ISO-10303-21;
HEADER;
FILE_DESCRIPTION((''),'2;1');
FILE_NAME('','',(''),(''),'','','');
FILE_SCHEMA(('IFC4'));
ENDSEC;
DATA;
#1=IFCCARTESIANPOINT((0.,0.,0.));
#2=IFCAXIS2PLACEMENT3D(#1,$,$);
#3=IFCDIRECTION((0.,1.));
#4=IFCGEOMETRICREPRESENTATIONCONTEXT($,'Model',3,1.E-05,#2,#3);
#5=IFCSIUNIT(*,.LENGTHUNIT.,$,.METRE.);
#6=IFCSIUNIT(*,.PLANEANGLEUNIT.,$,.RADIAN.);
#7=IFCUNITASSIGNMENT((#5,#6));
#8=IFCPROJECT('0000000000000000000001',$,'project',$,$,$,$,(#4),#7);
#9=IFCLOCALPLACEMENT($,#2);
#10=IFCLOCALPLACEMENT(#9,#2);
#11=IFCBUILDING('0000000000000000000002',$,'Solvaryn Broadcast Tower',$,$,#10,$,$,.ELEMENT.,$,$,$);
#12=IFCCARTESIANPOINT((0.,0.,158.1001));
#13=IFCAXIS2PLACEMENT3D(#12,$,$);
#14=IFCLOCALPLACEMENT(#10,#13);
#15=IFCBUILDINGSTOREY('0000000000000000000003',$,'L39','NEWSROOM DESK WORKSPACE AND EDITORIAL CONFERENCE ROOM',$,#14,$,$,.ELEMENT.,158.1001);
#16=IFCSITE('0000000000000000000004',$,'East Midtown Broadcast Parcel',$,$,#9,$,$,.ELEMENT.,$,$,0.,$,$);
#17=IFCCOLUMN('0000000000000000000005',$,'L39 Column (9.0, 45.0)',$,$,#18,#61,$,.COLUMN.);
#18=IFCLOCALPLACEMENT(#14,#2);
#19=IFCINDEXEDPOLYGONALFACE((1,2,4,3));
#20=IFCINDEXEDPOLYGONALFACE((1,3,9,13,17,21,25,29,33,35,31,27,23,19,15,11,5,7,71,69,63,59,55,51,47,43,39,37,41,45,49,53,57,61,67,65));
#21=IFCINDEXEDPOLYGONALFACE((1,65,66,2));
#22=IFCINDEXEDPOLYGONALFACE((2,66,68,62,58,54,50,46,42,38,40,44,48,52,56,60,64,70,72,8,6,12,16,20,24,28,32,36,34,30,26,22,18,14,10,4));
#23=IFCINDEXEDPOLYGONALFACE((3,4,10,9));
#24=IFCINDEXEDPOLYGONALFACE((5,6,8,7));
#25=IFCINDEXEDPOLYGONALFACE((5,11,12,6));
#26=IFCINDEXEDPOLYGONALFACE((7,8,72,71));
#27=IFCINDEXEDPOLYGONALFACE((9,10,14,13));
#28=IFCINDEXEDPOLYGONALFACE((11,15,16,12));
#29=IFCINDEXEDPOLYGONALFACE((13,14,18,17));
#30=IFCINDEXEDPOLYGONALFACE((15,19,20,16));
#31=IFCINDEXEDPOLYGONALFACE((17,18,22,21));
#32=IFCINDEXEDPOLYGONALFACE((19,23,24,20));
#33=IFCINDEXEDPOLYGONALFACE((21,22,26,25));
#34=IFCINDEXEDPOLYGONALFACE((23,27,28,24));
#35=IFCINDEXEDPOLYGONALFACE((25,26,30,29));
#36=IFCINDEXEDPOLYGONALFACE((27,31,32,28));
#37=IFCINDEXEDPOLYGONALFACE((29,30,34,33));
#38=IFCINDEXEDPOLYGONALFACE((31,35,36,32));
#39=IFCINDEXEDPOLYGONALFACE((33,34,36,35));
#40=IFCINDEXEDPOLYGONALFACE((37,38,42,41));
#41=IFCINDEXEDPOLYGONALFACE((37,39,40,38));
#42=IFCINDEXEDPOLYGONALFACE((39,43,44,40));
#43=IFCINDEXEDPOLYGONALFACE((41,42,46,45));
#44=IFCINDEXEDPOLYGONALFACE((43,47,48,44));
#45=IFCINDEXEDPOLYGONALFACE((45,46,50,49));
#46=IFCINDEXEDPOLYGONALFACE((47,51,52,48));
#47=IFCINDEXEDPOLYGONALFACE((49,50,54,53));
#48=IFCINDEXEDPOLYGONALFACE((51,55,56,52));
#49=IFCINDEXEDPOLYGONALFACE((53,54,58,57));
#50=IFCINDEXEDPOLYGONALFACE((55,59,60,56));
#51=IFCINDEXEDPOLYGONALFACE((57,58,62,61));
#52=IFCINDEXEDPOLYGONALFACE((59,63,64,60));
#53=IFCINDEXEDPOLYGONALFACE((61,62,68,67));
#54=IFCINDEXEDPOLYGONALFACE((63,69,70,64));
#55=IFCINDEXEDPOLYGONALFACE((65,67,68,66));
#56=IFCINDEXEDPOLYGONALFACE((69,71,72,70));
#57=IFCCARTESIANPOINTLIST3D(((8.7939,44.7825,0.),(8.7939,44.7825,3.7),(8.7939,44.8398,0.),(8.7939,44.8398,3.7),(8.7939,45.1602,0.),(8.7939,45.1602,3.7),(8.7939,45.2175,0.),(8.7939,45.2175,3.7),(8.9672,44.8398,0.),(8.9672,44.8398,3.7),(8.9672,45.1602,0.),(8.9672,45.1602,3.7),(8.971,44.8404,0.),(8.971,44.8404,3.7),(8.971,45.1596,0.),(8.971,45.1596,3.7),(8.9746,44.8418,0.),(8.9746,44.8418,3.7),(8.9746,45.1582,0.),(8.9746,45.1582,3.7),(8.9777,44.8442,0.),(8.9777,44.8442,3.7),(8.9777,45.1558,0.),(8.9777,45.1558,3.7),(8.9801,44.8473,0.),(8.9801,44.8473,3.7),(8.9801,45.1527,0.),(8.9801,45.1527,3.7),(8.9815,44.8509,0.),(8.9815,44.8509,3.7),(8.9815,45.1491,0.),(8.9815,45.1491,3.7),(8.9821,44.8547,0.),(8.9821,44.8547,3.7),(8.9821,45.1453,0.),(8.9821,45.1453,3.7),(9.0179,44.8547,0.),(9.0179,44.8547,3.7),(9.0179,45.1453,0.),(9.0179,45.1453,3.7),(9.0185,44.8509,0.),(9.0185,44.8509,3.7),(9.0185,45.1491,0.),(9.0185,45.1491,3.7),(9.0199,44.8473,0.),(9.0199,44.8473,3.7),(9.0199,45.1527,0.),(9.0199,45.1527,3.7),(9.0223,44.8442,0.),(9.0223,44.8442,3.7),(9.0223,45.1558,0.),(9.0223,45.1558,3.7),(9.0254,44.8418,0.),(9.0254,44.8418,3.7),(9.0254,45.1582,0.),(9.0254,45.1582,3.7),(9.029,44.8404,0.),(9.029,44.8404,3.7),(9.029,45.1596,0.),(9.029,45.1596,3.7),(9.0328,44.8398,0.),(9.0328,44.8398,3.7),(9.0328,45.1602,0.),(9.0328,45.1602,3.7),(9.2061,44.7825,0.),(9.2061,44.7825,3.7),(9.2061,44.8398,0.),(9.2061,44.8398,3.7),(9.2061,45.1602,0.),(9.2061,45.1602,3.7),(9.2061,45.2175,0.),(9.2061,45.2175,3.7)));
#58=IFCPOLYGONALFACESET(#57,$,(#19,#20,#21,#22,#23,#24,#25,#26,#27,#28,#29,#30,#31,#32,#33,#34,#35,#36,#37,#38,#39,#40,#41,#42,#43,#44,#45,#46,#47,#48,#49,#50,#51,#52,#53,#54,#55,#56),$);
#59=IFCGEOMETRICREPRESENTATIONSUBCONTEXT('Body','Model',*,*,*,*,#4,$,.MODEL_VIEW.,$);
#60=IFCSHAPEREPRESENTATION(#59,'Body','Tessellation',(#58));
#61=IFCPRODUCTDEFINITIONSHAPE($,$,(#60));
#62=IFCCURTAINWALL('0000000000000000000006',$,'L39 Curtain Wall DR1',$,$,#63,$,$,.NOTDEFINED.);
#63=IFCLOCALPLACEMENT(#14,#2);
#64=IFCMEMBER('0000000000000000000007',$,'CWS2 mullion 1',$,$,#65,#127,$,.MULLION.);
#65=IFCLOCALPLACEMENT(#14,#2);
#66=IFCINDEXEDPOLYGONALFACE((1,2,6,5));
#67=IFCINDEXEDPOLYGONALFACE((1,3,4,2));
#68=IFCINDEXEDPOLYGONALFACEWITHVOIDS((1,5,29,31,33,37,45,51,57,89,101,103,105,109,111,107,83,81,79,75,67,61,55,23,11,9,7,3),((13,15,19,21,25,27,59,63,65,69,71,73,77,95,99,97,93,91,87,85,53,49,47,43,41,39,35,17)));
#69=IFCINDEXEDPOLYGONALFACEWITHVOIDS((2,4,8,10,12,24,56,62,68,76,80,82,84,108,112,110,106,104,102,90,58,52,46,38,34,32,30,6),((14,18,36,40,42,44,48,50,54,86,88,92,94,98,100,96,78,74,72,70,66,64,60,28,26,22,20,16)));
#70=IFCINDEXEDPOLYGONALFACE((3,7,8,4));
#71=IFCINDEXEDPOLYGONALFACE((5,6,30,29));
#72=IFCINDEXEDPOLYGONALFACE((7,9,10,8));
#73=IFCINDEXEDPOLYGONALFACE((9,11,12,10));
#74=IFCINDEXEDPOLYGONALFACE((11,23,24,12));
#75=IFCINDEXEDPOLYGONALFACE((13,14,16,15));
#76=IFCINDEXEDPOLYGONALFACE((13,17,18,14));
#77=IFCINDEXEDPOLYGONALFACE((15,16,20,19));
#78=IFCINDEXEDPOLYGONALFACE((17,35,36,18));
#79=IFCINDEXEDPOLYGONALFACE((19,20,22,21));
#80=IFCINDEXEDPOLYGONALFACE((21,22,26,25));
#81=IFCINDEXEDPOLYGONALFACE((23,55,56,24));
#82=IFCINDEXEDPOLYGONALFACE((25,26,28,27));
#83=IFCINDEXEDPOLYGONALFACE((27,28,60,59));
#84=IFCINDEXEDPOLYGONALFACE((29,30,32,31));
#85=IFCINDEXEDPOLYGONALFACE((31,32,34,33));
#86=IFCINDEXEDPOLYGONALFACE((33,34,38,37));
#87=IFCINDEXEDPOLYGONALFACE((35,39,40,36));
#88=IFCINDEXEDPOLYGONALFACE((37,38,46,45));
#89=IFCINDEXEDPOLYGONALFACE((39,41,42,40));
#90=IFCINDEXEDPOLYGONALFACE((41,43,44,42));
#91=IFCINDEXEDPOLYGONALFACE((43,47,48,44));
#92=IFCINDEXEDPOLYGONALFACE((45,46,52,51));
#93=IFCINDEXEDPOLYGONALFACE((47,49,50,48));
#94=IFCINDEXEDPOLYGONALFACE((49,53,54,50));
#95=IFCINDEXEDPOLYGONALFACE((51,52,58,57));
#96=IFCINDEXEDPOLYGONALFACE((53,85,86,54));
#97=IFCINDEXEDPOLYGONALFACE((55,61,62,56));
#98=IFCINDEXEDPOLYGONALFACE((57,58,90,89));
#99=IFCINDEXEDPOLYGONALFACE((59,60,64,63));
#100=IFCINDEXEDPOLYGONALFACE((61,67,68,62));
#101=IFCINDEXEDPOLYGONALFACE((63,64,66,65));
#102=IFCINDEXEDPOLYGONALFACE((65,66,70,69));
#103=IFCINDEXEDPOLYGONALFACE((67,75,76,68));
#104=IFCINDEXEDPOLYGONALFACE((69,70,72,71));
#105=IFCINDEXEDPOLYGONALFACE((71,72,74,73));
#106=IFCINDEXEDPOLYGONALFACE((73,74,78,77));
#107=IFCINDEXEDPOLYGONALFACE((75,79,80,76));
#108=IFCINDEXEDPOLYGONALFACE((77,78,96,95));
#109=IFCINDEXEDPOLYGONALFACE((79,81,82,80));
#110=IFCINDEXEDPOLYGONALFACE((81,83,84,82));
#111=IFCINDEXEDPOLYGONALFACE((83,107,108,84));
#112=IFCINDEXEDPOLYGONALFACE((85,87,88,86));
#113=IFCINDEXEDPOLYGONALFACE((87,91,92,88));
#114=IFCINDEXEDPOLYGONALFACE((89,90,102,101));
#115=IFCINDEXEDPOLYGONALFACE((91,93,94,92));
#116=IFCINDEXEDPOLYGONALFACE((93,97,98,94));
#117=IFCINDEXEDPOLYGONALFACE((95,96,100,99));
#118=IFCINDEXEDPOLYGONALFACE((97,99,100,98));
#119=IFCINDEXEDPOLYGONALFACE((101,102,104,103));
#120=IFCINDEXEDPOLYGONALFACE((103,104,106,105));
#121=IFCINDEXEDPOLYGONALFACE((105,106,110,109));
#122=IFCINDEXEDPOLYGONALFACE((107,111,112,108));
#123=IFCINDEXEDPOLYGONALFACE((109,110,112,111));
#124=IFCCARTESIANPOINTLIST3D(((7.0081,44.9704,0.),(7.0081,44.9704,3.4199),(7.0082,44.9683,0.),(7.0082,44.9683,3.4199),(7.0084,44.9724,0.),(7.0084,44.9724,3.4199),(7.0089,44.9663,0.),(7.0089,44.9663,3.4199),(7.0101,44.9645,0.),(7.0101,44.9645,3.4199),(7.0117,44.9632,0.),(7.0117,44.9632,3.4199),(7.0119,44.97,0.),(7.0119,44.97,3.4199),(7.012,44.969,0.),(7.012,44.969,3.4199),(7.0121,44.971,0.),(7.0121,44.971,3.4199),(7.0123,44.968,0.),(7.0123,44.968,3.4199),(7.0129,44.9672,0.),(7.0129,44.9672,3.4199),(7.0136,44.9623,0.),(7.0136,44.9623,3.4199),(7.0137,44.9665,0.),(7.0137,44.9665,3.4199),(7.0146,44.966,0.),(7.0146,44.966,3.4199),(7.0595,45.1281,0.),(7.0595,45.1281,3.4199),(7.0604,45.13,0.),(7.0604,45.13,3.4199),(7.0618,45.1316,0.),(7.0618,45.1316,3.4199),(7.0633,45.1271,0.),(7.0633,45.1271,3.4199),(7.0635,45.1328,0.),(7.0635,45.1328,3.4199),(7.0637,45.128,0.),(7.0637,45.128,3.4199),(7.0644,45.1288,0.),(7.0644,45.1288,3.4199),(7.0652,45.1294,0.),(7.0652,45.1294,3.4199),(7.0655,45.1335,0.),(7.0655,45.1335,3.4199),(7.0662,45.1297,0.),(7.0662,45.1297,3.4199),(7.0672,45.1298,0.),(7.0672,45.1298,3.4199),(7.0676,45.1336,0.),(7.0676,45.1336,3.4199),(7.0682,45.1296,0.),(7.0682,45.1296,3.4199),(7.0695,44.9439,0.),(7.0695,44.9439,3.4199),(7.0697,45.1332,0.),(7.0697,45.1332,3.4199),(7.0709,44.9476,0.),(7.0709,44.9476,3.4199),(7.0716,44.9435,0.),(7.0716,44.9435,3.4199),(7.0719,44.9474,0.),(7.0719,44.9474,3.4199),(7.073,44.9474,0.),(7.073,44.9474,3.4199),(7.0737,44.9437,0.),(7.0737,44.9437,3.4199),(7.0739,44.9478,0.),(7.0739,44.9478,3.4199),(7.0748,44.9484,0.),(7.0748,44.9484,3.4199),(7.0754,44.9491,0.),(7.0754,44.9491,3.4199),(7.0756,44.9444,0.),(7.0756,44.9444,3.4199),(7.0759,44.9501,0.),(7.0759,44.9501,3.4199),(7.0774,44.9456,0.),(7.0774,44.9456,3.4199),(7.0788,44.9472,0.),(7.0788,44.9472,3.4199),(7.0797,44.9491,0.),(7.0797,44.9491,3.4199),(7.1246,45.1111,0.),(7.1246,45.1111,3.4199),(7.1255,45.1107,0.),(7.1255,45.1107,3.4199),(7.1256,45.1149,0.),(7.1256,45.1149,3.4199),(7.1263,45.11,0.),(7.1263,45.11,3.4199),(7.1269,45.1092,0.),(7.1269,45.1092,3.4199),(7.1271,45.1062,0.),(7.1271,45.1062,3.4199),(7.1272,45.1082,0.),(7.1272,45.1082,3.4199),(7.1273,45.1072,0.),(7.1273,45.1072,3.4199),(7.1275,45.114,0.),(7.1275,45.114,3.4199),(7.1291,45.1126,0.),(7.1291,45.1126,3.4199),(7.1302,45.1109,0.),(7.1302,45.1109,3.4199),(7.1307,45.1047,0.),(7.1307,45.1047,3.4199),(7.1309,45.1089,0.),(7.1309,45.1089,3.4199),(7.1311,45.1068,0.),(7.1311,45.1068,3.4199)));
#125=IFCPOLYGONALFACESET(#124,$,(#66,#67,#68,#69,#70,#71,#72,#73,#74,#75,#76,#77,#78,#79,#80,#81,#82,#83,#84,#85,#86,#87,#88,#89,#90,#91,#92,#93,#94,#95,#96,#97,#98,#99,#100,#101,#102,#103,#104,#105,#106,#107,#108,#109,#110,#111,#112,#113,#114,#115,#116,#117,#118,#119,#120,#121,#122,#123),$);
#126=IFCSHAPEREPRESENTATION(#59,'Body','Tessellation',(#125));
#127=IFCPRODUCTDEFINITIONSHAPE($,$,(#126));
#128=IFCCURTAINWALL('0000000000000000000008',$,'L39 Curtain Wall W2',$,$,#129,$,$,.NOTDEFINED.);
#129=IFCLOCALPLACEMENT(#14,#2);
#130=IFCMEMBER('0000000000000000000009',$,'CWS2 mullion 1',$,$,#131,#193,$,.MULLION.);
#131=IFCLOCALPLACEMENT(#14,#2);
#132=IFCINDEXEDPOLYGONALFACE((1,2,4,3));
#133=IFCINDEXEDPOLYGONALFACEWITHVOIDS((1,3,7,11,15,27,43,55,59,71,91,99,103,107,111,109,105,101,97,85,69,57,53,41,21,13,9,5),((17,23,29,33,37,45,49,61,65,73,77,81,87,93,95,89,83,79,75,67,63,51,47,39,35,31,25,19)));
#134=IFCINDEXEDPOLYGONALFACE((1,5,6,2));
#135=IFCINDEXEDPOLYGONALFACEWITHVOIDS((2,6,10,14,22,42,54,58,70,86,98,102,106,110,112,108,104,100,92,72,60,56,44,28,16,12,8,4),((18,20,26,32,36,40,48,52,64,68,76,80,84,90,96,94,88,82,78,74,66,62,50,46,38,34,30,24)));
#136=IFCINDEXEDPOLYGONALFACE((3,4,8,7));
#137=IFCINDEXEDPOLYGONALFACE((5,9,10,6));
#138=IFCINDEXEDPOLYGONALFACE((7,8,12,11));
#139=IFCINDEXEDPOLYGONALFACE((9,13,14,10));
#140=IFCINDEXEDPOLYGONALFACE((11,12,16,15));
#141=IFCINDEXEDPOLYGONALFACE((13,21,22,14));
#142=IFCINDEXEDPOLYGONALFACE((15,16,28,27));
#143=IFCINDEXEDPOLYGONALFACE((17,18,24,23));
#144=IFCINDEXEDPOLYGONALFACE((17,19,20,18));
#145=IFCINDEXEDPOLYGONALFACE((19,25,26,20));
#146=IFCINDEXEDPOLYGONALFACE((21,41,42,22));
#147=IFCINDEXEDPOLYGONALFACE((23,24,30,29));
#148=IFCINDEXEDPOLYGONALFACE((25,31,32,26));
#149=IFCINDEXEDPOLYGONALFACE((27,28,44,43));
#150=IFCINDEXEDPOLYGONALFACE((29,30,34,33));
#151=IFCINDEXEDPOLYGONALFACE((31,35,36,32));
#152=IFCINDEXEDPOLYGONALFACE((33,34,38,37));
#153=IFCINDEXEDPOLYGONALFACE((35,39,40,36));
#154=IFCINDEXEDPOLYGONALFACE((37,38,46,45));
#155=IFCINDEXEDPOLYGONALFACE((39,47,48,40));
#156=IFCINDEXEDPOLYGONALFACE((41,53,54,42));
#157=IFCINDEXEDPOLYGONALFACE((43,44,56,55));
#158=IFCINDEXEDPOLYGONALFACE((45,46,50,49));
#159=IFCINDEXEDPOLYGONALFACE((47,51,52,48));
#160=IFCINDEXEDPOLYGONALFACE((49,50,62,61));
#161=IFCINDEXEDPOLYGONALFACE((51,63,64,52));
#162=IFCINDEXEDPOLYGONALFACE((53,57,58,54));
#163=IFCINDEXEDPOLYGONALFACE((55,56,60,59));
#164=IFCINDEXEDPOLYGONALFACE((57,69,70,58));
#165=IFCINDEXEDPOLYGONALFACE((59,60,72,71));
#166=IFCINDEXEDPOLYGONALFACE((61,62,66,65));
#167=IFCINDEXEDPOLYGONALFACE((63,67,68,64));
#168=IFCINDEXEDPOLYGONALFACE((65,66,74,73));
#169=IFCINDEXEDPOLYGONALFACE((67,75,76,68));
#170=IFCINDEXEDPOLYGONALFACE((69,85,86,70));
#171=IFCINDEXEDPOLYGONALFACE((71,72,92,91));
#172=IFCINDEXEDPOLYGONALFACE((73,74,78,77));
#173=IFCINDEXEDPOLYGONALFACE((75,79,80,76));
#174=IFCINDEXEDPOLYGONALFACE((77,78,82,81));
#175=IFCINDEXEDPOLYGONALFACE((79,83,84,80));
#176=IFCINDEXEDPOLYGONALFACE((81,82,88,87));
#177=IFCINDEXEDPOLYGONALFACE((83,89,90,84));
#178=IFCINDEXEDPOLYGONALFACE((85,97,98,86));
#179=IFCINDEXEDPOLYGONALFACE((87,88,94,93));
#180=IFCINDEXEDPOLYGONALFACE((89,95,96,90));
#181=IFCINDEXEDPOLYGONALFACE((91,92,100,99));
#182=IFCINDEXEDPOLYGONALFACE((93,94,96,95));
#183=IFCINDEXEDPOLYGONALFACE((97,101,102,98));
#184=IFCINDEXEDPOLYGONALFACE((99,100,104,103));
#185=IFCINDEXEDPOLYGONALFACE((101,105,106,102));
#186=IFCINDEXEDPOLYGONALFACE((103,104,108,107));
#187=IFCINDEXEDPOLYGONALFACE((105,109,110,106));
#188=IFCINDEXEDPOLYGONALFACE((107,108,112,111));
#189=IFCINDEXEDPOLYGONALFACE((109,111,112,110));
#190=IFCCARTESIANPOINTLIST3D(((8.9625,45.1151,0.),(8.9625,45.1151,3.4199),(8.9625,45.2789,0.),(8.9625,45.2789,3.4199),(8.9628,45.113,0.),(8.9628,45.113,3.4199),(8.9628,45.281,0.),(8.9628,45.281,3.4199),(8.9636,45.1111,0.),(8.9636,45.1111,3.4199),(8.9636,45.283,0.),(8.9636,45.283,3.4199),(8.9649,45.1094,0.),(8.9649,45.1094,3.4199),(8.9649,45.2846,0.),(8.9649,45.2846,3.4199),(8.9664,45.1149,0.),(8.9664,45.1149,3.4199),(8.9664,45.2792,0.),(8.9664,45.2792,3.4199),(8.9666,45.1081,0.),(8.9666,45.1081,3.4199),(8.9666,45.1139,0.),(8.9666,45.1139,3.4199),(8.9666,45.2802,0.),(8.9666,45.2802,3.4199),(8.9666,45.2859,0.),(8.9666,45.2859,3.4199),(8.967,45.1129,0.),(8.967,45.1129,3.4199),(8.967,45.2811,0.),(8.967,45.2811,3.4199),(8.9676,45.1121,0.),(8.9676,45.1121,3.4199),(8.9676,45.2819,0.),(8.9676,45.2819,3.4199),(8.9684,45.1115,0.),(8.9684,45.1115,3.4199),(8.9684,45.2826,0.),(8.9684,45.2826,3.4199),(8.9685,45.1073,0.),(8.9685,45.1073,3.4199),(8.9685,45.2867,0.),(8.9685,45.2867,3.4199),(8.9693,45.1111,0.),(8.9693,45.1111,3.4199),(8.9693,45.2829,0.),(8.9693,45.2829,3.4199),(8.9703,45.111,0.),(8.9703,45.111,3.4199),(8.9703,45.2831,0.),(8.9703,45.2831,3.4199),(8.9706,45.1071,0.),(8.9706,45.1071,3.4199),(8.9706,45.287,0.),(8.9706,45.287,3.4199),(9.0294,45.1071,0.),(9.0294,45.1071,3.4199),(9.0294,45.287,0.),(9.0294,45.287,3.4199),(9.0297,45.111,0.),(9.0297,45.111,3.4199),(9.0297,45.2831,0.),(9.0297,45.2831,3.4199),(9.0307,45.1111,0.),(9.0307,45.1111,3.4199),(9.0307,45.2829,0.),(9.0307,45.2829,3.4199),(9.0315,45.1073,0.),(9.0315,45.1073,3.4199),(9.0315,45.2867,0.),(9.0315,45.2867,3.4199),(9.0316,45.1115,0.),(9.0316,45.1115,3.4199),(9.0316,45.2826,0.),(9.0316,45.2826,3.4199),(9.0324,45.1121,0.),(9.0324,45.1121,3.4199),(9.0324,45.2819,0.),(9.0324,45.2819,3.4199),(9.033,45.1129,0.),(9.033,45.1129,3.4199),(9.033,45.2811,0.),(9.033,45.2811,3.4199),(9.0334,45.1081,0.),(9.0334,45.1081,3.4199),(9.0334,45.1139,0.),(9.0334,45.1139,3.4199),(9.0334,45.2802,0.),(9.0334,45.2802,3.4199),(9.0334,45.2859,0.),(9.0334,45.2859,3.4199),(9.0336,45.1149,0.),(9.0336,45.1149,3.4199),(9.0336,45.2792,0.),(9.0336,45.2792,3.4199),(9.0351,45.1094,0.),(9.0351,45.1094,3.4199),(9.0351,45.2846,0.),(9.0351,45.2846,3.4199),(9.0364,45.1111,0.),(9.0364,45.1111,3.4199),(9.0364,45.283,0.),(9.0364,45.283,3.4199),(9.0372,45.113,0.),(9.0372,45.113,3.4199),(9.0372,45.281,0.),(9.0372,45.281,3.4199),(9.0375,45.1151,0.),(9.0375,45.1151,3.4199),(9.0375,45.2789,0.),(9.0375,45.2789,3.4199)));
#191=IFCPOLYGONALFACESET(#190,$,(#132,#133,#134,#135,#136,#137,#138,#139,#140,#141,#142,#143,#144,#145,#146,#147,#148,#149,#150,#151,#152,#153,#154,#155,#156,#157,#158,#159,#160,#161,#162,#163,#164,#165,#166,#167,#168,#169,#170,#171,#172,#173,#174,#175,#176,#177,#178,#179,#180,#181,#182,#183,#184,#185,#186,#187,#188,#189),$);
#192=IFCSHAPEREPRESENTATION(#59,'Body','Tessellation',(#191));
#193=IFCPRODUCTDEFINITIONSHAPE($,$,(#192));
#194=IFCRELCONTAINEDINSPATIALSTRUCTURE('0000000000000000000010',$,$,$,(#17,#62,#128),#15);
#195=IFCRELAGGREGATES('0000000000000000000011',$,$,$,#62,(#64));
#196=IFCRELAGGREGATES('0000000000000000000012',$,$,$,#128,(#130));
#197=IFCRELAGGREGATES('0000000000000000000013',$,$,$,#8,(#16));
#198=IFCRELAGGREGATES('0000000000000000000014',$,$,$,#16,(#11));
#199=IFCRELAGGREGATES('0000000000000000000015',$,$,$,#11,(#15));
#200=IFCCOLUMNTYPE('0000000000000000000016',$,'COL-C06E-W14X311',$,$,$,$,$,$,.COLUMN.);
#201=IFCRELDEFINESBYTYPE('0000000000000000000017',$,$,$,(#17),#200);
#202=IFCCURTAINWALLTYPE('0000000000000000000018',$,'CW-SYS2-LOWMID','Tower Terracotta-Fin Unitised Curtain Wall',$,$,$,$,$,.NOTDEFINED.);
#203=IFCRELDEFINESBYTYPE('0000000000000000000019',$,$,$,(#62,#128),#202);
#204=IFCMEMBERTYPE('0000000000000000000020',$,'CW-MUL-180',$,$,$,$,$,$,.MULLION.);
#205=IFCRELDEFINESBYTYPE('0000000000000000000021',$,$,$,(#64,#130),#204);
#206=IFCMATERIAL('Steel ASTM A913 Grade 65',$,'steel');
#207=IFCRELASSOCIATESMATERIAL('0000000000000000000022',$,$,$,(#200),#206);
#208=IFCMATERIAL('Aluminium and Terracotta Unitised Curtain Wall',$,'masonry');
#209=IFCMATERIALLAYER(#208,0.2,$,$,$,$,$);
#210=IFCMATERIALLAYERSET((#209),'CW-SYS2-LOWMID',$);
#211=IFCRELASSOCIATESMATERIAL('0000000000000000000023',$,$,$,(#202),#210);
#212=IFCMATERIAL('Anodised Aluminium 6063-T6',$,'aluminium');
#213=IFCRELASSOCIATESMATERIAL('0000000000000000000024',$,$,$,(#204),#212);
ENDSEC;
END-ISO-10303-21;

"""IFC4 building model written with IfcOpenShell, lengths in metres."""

from ifc_helpers import new_model, si_unit, direction, frame, origin, origin_2d, place, context, subcontext, project, spatial, hollow_rectangle, i_section, extrude, material, layer, layer_set, material_profile, profile_set, type_object, element, aggregate, save


model = new_model("IFC4")

# Units and contexts
model_context = context("Model", 3, precision=1e-05, world=origin(), true_north=direction((0.0, 1.0)))
body_context = subcontext(model_context, "Body", "Model", "MODEL_VIEW")
ifc_project = project(units=[si_unit("LENGTHUNIT", "METRE"), si_unit("PLANEANGLEUNIT", "RADIAN")], contexts=[model_context])

# Site, building, storey
site_placement = place(None, origin())
site = spatial("IfcSite", under=ifc_project, at=site_placement, Name="East Midtown Broadcast Parcel", CompositionType="ELEMENT", RefElevation=0.0)
building_placement = place(site_placement, origin())
building = spatial("IfcBuilding", under=site, at=building_placement, Name="Solvaryn Broadcast Tower", CompositionType="ELEMENT")
storey_placement = place(building_placement, frame((0.0, 0.0, 158.1001)))
storey = spatial("IfcBuildingStorey", under=building, at=storey_placement, Name="L39", Description="NEWSROOM DESK WORKSPACE AND EDITORIAL CONFERENCE ROOM", CompositionType="ELEMENT", Elevation=158.1001)

# Column
ifc_material_1 = material(Name="Steel ASTM A913 Grade 65", Category="steel")
ifc_material_profile_1 = material_profile(ifc_material_1, i_section(OverallWidth=0.4121, OverallDepth=0.4351, WebThickness=0.0359, FlangeThickness=0.0574, FilletRadius=0.0149, at=origin_2d()))
ifc_profile_set_1 = profile_set([ifc_material_profile_1], Name="Steel ASTM A913 Grade 65")
column_type = type_object("IfcColumnType", Name="COL-C06E-W14X311", PredefinedType="COLUMN", material=ifc_profile_set_1)
column_placement = place(storey_placement, frame((9.0, 45.0, 0.0), z_axis=(0.0, 0.0, 1.0), x_axis=(1.0, 0.0, 0.0)))
element("IfcColumn", 1, at=column_placement, inside=storey, type_object=column_type, Name="L39 Column (9.0, 45.0)", PredefinedType="COLUMN", context=body_context, shape_type="SweptSolid", body=[
    extrude(i_section(OverallWidth=0.4121, OverallDepth=0.4351, WebThickness=0.0359, FlangeThickness=0.0574, FilletRadius=0.0149, at=origin_2d()), origin(), (0.0, 0.0, 1.0), 3.7),
])

# Curtain wall, member
ifc_material_2 = material(Name="Aluminium and Terracotta Unitised Curtain Wall", Category="masonry")
ifc_layer_1 = layer(ifc_material_2, 0.2)
ifc_layer_set_1 = layer_set([ifc_layer_1], Name="CW-SYS2-LOWMID")
curtain_wall_type = type_object("IfcCurtainWallType", Name="CW-SYS2-LOWMID", Description="Tower Terracotta-Fin Unitised Curtain Wall", PredefinedType="NOTDEFINED", material=ifc_layer_set_1)
curtain_wall_1_placement = place(storey_placement, origin())
curtain_wall_1 = element("IfcCurtainWall", 2, at=curtain_wall_1_placement, inside=storey, type_object=curtain_wall_type, Name="L39 Curtain Wall DR1", PredefinedType="NOTDEFINED")
ifc_material_3 = material(Name="Anodised Aluminium 6063-T6", Category="aluminium")
ifc_material_profile_2 = material_profile(ifc_material_3, hollow_rectangle(XDim=0.075, YDim=0.1799, WallThickness=0.0039, InnerFilletRadius=0.0039, OuterFilletRadius=0.0081, at=origin_2d()))
ifc_profile_set_2 = profile_set([ifc_material_profile_2], Name="Anodised Aluminium 6063-T6")
member_type_1 = type_object("IfcMemberType", Name="CW-MUL-180", PredefinedType="MULLION", material=ifc_profile_set_2)
member_1_placement = place(storey_placement, frame((7.0696, 45.0386, 0.0), z_axis=(0.0, 0.0, 1.0), x_axis=(0.950198, -0.311646, 0.0)))
member_1 = element("IfcMember", 3, at=member_1_placement, type_object=member_type_1, Name="CWS2 mullion 1", PredefinedType="MULLION", context=body_context, shape_type="SweptSolid", body=[
    extrude(hollow_rectangle(XDim=0.075, YDim=0.1799, WallThickness=0.0039, InnerFilletRadius=0.0039, OuterFilletRadius=0.0081, at=origin_2d()), origin(), (0.0, 0.0, 1.0), 3.4199),
])

# Curtain wall, member
curtain_wall_2_placement = place(storey_placement, origin())
curtain_wall_2 = element("IfcCurtainWall", 4, at=curtain_wall_2_placement, inside=storey, type_object=curtain_wall_type, Name="L39 Curtain Wall W2", PredefinedType="NOTDEFINED")
member_2_placement = place(storey_placement, frame((9.0, 45.197, 0.0), z_axis=(0.0, 0.0, 1.0), x_axis=(-1.0, 0.0, 0.0)))
member_2 = element("IfcMember", 5, at=member_2_placement, type_object=member_type_1, Name="CWS2 mullion 1", PredefinedType="MULLION", context=body_context, shape_type="SweptSolid", body=[
    extrude(hollow_rectangle(XDim=0.075, YDim=0.1799, WallThickness=0.0039, InnerFilletRadius=0.0039, OuterFilletRadius=0.0081, at=origin_2d()), origin(), (0.0, 0.0, 1.0), 3.4199),
])

aggregate(curtain_wall_1, [member_1])

aggregate(curtain_wall_2, [member_2])

save(model, "model.ifc")
